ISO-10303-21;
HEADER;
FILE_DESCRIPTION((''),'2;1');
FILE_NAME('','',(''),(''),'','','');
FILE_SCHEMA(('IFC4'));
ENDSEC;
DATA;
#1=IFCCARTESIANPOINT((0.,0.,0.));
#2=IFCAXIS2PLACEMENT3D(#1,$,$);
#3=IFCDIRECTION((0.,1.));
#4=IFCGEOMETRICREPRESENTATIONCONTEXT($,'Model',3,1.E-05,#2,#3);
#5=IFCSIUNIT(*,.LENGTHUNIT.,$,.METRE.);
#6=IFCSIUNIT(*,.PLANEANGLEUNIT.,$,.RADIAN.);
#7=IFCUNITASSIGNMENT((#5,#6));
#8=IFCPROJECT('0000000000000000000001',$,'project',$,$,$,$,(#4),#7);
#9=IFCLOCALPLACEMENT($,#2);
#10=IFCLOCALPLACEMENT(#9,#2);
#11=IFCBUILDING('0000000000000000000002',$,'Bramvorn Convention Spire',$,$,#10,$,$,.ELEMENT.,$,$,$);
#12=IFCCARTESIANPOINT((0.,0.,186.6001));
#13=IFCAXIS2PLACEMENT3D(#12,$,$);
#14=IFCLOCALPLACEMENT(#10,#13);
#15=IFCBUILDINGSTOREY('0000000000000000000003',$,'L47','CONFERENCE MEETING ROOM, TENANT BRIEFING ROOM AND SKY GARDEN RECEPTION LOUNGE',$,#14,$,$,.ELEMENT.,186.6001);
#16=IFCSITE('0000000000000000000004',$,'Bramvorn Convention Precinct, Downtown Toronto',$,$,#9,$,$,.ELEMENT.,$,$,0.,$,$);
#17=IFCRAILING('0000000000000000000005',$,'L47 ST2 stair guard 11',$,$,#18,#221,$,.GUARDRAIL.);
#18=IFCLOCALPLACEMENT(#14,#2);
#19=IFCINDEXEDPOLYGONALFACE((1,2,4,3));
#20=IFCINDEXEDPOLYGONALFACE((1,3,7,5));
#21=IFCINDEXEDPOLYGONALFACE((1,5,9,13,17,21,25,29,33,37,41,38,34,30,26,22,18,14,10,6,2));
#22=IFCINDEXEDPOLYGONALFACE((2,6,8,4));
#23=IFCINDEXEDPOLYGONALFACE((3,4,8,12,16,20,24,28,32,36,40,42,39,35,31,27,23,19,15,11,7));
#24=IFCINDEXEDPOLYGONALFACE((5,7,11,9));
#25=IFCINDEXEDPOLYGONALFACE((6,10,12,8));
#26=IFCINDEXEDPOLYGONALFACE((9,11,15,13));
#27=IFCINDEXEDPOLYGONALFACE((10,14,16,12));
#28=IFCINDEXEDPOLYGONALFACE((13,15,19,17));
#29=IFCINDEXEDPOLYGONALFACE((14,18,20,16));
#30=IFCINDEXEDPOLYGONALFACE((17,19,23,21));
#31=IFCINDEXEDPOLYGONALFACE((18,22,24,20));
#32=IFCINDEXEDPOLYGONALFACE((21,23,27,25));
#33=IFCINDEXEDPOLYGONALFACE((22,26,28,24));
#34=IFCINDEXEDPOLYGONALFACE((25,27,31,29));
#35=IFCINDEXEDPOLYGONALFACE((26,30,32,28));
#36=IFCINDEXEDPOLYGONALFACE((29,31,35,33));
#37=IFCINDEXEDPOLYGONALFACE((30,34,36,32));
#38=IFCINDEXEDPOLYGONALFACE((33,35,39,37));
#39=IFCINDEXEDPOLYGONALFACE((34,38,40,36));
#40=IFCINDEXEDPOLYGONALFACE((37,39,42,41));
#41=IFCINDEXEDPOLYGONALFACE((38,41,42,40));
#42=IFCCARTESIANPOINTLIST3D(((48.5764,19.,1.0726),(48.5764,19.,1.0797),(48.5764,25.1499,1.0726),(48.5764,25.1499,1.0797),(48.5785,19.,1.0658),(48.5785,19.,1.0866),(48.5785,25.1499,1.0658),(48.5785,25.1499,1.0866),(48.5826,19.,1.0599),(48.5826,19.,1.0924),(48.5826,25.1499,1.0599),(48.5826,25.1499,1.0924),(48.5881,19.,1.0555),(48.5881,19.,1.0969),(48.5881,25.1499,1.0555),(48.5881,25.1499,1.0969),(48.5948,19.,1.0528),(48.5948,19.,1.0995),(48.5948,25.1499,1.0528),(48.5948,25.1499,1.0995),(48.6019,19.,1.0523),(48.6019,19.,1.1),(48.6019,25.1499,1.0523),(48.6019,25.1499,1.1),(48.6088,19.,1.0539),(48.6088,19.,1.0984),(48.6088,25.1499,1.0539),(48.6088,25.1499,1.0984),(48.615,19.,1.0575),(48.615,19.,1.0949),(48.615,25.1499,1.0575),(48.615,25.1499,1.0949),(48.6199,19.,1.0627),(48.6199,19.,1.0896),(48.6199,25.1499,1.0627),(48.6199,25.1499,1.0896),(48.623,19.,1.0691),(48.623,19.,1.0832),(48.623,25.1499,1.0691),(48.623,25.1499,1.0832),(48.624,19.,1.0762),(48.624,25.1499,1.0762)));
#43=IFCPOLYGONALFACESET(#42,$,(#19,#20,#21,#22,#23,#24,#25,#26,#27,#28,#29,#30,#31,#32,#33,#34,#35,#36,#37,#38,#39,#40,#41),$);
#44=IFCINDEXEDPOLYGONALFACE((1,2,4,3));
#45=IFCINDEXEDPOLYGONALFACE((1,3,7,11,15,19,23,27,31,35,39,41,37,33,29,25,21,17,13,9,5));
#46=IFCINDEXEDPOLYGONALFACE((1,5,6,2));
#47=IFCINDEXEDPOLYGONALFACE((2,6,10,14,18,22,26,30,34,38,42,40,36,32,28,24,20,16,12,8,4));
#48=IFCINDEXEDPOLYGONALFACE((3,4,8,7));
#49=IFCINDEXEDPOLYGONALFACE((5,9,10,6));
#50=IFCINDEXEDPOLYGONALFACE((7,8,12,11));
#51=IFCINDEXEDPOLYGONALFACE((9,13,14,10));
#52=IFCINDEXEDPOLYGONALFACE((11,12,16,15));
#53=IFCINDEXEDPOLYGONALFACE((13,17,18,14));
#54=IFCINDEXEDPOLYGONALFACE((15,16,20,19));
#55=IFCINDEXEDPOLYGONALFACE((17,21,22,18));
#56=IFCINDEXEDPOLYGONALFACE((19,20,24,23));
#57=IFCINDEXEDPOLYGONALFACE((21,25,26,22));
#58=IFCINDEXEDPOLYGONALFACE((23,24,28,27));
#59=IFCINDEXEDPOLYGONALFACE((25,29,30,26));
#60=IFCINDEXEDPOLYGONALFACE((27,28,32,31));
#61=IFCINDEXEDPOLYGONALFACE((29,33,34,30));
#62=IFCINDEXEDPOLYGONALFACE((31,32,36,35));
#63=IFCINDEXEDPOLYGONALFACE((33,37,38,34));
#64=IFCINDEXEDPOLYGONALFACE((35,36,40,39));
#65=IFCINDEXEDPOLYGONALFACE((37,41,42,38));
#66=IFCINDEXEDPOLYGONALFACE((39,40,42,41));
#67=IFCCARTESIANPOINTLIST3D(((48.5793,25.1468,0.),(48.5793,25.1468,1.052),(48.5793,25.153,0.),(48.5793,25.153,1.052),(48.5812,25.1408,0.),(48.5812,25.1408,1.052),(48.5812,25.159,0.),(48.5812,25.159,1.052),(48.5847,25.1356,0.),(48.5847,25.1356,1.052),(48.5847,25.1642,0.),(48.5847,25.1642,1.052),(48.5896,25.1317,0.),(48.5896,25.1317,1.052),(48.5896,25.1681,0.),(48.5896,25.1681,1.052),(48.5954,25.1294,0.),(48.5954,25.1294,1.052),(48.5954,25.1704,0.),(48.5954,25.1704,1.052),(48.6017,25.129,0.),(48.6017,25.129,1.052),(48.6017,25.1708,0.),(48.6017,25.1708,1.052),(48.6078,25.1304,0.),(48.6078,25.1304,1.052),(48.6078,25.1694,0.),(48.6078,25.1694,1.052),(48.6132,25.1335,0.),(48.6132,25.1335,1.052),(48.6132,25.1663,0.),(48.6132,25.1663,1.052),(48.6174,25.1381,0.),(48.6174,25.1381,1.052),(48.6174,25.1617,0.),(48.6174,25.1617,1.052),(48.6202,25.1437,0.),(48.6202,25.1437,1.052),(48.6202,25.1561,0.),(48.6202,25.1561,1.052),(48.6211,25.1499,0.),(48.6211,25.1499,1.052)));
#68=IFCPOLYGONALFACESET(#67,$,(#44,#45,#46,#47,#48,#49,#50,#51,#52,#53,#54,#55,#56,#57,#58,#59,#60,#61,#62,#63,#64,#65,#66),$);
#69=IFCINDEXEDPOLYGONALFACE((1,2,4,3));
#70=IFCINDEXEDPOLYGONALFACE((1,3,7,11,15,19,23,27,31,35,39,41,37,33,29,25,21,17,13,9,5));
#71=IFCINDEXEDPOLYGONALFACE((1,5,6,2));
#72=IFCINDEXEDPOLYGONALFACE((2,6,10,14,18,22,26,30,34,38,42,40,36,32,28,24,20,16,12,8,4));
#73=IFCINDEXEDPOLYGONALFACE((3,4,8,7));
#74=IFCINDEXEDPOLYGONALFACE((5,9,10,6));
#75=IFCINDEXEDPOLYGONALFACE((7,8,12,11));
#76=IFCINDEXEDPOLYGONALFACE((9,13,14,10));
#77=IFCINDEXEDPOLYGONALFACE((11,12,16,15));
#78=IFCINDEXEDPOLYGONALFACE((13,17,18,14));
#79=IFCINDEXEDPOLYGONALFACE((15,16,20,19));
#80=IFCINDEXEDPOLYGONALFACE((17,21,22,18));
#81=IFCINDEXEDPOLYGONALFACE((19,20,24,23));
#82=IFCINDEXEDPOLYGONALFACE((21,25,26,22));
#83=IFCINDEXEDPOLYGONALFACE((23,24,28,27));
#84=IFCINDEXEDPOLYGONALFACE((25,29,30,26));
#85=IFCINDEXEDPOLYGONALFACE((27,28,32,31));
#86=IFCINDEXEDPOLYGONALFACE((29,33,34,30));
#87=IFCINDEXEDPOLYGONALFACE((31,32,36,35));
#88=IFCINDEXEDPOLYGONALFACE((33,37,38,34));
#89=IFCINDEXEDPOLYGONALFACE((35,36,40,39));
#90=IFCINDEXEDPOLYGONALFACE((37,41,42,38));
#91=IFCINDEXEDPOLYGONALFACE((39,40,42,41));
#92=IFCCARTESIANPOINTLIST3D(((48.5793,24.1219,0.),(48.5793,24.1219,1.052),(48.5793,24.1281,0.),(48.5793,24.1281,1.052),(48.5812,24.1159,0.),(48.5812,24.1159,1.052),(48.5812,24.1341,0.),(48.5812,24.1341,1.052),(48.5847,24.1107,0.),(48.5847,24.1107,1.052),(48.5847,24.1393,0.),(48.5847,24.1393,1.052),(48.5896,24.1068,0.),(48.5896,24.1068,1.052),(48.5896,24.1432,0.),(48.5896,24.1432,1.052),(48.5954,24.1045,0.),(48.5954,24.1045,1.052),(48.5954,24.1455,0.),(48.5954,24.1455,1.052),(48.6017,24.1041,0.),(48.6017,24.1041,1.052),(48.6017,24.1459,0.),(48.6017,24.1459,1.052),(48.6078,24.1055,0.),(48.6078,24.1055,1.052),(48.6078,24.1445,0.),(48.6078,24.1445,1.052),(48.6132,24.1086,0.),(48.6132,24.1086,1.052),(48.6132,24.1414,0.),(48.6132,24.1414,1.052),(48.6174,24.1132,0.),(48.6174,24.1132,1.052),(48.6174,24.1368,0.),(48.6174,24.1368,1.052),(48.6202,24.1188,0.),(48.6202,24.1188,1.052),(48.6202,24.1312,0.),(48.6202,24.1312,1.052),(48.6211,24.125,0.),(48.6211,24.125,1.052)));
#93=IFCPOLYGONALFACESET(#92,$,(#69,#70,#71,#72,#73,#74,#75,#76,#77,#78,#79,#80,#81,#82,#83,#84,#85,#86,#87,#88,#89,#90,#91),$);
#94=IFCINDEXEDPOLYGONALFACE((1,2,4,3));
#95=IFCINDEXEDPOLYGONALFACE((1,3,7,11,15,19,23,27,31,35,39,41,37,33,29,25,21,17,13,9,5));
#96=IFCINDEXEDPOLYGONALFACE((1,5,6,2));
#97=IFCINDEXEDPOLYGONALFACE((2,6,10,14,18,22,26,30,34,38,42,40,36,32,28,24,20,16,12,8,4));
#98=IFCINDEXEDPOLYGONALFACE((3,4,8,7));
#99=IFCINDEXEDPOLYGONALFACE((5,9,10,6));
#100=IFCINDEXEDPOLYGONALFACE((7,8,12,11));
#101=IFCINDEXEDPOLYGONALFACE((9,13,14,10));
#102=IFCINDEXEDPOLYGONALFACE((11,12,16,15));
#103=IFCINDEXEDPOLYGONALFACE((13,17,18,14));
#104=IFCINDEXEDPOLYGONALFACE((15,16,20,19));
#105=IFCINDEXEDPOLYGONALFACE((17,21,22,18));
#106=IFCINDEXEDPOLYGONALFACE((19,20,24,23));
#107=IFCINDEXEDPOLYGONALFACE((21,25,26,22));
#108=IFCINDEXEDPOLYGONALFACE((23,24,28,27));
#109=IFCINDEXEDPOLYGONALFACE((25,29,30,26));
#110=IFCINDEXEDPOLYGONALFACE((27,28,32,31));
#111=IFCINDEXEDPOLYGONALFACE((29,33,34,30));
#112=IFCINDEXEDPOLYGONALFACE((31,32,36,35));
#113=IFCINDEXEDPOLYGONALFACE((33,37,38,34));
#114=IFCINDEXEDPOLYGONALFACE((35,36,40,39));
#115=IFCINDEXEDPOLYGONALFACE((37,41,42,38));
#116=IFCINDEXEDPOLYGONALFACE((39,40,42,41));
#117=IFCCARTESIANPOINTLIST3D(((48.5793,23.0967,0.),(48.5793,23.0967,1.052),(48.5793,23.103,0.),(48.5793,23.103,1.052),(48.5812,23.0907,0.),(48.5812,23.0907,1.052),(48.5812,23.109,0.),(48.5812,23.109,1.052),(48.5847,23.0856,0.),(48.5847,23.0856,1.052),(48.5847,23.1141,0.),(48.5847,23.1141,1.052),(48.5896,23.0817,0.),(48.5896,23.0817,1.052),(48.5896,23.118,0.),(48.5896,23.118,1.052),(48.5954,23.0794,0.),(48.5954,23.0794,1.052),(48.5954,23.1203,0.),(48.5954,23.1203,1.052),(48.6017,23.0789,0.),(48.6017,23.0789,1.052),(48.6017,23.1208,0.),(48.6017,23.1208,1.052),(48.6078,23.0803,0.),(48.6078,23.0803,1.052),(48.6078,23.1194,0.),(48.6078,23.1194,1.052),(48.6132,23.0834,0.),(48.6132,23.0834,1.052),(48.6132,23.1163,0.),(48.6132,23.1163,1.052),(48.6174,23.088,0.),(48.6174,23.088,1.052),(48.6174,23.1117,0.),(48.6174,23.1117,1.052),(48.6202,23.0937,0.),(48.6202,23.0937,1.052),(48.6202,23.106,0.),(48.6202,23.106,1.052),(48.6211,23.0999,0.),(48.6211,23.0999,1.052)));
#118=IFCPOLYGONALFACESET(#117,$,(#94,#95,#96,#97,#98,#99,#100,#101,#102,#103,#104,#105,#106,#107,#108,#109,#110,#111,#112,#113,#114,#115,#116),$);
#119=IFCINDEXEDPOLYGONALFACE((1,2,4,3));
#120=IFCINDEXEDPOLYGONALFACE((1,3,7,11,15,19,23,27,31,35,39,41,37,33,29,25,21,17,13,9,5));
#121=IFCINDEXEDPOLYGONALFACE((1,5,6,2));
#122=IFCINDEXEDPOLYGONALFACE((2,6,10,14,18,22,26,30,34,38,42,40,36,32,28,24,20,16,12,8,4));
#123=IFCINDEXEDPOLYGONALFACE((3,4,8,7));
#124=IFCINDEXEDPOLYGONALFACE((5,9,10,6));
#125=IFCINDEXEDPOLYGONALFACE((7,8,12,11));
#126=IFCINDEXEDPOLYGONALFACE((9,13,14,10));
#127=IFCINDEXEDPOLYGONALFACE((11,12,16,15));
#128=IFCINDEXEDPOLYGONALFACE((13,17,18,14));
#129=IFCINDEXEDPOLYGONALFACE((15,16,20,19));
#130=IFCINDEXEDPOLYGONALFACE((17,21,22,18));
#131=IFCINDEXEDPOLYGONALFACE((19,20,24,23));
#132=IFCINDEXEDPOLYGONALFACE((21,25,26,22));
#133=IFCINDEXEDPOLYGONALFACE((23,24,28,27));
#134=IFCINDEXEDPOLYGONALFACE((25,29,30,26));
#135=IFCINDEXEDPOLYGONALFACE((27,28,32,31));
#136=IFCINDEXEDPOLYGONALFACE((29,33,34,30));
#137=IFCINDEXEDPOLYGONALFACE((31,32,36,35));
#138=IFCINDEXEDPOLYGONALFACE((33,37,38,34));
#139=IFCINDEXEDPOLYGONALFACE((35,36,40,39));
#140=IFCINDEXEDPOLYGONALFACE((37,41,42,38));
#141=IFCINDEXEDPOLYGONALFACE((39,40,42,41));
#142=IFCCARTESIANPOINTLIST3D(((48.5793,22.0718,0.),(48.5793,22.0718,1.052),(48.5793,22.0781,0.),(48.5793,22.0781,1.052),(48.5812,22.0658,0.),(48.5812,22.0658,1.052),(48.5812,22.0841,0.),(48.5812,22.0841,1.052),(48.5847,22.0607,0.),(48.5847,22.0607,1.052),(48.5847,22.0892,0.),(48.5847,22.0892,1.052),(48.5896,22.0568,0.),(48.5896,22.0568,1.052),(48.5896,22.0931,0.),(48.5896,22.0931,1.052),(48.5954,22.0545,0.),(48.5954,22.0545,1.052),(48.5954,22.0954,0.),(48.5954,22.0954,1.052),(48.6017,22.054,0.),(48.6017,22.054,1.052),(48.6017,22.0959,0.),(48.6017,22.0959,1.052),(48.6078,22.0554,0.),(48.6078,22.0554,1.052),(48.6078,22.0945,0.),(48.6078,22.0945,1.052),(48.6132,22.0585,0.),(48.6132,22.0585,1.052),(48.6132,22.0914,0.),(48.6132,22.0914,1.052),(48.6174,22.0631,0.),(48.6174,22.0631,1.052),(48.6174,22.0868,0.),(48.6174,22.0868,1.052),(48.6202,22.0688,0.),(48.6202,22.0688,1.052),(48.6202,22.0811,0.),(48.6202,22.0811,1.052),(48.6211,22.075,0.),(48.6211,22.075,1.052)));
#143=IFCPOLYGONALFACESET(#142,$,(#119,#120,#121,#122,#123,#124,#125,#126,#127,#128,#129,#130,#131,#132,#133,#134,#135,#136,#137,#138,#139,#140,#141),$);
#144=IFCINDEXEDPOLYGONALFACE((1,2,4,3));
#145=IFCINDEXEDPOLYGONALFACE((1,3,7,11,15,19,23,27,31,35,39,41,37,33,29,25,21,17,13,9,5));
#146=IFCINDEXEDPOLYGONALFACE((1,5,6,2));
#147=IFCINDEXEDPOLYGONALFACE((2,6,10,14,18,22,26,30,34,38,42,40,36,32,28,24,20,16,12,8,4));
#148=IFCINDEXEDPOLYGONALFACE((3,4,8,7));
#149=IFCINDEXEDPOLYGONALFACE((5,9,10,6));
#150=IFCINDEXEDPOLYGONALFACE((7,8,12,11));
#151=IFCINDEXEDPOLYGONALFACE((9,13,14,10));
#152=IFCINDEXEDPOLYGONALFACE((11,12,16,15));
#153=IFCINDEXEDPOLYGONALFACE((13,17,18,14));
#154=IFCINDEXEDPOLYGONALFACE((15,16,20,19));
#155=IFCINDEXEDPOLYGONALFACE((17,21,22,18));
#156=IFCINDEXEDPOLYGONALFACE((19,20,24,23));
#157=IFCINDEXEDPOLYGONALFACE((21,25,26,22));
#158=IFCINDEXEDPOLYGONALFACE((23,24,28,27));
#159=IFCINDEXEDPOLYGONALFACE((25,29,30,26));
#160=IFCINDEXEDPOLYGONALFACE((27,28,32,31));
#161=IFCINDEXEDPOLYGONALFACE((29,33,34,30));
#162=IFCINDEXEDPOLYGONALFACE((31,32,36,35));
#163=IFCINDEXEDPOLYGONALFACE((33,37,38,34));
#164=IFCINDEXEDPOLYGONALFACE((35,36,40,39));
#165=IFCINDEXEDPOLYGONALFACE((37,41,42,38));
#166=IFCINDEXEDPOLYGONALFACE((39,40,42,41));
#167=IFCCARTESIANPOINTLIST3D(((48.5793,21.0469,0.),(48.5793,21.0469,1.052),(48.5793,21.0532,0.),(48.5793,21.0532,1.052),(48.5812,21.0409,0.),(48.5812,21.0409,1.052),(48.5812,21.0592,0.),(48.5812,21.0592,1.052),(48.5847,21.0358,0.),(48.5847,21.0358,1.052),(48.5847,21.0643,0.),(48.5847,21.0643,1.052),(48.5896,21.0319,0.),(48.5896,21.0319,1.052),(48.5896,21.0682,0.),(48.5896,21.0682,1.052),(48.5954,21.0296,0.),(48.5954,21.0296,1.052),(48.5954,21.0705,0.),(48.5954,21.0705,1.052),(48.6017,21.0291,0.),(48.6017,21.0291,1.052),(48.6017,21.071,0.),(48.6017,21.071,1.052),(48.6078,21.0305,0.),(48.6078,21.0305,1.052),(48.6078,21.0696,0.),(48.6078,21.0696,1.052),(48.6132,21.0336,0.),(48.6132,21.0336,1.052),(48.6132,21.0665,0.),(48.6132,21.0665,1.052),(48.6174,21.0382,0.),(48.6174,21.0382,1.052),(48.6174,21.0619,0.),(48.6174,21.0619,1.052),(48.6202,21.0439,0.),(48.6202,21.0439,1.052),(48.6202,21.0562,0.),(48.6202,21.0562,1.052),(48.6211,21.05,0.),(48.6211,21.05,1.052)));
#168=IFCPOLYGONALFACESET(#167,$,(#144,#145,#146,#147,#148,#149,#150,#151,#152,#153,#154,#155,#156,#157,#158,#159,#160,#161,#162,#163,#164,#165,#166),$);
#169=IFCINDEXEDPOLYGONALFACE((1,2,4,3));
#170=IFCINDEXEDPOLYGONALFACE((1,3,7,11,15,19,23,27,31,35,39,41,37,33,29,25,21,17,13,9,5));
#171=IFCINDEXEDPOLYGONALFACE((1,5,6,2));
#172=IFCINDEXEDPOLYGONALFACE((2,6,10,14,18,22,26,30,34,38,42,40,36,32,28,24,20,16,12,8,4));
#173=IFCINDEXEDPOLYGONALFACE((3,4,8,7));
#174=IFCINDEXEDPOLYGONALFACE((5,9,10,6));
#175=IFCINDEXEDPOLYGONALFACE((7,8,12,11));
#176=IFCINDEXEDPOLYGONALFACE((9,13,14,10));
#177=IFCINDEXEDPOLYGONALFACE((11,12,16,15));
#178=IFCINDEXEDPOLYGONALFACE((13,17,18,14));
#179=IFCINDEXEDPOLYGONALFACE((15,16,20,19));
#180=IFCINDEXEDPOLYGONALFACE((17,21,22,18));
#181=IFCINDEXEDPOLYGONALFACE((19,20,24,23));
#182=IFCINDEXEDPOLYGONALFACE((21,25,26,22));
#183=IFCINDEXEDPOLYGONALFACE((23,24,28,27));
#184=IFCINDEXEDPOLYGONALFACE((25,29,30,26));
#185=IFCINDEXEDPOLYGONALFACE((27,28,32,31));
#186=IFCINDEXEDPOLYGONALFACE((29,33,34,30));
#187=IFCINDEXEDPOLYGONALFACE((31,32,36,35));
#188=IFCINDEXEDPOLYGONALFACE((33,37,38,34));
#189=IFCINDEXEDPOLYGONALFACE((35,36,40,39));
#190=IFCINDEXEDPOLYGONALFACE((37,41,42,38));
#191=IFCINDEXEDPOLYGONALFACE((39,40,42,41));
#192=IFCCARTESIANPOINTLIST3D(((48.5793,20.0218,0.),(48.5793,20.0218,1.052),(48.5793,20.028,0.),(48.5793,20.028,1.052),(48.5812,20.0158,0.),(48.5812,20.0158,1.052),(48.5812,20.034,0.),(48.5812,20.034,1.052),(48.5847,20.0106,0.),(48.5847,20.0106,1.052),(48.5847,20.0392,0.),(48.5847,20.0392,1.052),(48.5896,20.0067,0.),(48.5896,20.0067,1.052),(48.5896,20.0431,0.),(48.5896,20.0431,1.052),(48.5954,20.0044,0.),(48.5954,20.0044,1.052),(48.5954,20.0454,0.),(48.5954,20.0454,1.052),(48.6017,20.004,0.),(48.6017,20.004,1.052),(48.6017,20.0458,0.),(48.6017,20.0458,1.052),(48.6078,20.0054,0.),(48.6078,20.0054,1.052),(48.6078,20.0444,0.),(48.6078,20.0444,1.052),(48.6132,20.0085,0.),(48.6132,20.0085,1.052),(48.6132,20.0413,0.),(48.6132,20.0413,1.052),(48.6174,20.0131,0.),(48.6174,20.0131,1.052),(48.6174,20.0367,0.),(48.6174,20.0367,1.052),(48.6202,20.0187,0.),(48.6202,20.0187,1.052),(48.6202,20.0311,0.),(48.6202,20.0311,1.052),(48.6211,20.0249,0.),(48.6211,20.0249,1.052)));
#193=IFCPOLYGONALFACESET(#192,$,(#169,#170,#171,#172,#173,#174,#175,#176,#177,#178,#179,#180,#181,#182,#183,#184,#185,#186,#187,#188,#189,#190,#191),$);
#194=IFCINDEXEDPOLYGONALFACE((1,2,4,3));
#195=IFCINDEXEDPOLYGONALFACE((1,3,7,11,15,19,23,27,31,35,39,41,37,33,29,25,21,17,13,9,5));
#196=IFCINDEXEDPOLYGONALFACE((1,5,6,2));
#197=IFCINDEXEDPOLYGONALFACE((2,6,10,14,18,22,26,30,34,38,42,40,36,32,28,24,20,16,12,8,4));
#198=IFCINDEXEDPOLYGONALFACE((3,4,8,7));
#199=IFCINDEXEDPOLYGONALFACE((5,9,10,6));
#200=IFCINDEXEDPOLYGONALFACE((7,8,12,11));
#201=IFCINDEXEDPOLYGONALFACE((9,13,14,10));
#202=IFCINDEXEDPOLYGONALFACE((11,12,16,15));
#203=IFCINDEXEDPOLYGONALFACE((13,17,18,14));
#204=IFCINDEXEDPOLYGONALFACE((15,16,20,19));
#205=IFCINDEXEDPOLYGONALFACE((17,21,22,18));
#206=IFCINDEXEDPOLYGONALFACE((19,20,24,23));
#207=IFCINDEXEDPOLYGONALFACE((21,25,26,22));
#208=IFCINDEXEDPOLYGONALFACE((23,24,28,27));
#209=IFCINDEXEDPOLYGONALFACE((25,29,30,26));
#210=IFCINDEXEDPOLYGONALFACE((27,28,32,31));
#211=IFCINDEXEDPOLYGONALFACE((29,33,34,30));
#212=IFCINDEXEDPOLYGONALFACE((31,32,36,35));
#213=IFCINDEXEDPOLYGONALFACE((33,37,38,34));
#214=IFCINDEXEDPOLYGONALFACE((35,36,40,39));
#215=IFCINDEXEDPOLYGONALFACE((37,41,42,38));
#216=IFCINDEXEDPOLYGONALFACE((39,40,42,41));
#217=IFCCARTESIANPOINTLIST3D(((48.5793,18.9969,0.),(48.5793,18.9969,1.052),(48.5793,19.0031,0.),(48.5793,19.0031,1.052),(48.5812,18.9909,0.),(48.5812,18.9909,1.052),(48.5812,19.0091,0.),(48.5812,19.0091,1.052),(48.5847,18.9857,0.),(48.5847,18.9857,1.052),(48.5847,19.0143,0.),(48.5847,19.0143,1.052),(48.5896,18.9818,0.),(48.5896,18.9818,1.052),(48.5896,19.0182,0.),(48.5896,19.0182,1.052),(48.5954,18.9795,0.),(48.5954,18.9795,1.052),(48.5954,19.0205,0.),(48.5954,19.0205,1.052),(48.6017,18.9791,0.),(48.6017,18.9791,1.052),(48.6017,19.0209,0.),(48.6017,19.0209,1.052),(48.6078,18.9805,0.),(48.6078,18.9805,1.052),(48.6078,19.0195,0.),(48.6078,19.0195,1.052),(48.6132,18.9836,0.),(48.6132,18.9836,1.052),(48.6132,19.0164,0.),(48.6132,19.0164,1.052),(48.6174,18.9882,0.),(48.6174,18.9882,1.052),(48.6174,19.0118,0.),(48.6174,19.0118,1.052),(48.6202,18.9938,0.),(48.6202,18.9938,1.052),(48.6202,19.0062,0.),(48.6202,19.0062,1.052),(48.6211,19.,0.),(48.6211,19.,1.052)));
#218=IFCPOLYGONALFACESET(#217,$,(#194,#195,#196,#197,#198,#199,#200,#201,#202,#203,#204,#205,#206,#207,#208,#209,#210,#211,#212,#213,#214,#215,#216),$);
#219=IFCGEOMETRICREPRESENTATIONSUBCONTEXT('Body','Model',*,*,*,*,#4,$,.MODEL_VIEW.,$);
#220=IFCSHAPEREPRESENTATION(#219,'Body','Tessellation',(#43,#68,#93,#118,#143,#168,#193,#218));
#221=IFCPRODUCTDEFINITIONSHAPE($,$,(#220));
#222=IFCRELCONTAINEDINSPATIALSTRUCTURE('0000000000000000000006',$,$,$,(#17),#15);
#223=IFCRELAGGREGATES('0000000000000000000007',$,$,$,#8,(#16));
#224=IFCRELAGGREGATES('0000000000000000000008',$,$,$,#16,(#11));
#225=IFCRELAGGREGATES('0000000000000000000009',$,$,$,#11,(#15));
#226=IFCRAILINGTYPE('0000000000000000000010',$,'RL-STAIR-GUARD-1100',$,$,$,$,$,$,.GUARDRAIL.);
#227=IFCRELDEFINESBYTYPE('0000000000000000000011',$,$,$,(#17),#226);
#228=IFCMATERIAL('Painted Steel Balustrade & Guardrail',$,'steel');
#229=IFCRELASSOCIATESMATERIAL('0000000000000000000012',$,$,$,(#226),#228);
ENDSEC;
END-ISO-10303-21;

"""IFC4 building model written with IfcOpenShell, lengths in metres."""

from ifc_helpers import new_model, si_unit, direction, frame, origin, origin_2d, place, context, subcontext, project, spatial, circle, extrude, material, type_object, element, save


model = new_model("IFC4")

# Units and contexts
model_context = context("Model", 3, precision=1e-05, world=origin(), true_north=direction((0.0, 1.0)))
body_context = subcontext(model_context, "Body", "Model", "MODEL_VIEW")
ifc_project = project(units=[si_unit("LENGTHUNIT", "METRE"), si_unit("PLANEANGLEUNIT", "RADIAN")], contexts=[model_context])

# Site, building, storey
site_placement = place(None, origin())
site = spatial("IfcSite", under=ifc_project, at=site_placement, Name="Bramvorn Convention Precinct, Downtown Toronto", CompositionType="ELEMENT", RefElevation=0.0)
building_placement = place(site_placement, origin())
building = spatial("IfcBuilding", under=site, at=building_placement, Name="Bramvorn Convention Spire", CompositionType="ELEMENT")
storey_placement = place(building_placement, frame((0.0, 0.0, 186.6001)))
storey = spatial("IfcBuildingStorey", under=building, at=storey_placement, Name="L47", Description="CONFERENCE MEETING ROOM, TENANT BRIEFING ROOM AND SKY GARDEN RECEPTION LOUNGE", CompositionType="ELEMENT", Elevation=186.6001)

# Railing
ifc_material_1 = material(Name="Painted Steel Balustrade & Guardrail", Category="steel")
railing_type_1 = type_object("IfcRailingType", Name="RL-STAIR-GUARD-1100", PredefinedType="GUARDRAIL", material=ifc_material_1)
railing_1_placement = place(storey_placement, frame((48.6001, 25.1499, 0.0)))
element("IfcRailing", 1, at=railing_1_placement, inside=storey, type_object=railing_type_1, Name="L47 ST2 stair guard 11", PredefinedType="GUARDRAIL", context=body_context, shape_type="SweptSolid", body=[
    extrude(circle(Radius=0.0239, at=origin_2d()), frame((0.0, 0.0, 1.0762), z_axis=(0.0, -1.0, 0.0), x_axis=(1.0, 0.0, 0.0)), (0.0, 0.0, 1.0), 6.1499),
    extrude(circle(Radius=0.021, at=origin_2d()), origin(), (0.0, 0.0, 1.0), 1.052),
    extrude(circle(Radius=0.021, at=origin_2d()), frame((0.0, -1.0249, 0.0)), (0.0, 0.0, 1.0), 1.052),
    extrude(circle(Radius=0.021, at=origin_2d()), frame((0.0, -2.05, 0.0)), (0.0, 0.0, 1.0), 1.052),
    extrude(circle(Radius=0.021, at=origin_2d()), frame((0.0, -3.075, 0.0)), (0.0, 0.0, 1.0), 1.052),
    extrude(circle(Radius=0.021, at=origin_2d()), frame((0.0, -4.0999, 0.0)), (0.0, 0.0, 1.0), 1.052),
    extrude(circle(Radius=0.021, at=origin_2d()), frame((0.0, -5.125, 0.0)), (0.0, 0.0, 1.0), 1.052),
    extrude(circle(Radius=0.021, at=origin_2d()), frame((0.0, -6.1499, 0.0)), (0.0, 0.0, 1.0), 1.052),
])

save(model, "model.ifc")
